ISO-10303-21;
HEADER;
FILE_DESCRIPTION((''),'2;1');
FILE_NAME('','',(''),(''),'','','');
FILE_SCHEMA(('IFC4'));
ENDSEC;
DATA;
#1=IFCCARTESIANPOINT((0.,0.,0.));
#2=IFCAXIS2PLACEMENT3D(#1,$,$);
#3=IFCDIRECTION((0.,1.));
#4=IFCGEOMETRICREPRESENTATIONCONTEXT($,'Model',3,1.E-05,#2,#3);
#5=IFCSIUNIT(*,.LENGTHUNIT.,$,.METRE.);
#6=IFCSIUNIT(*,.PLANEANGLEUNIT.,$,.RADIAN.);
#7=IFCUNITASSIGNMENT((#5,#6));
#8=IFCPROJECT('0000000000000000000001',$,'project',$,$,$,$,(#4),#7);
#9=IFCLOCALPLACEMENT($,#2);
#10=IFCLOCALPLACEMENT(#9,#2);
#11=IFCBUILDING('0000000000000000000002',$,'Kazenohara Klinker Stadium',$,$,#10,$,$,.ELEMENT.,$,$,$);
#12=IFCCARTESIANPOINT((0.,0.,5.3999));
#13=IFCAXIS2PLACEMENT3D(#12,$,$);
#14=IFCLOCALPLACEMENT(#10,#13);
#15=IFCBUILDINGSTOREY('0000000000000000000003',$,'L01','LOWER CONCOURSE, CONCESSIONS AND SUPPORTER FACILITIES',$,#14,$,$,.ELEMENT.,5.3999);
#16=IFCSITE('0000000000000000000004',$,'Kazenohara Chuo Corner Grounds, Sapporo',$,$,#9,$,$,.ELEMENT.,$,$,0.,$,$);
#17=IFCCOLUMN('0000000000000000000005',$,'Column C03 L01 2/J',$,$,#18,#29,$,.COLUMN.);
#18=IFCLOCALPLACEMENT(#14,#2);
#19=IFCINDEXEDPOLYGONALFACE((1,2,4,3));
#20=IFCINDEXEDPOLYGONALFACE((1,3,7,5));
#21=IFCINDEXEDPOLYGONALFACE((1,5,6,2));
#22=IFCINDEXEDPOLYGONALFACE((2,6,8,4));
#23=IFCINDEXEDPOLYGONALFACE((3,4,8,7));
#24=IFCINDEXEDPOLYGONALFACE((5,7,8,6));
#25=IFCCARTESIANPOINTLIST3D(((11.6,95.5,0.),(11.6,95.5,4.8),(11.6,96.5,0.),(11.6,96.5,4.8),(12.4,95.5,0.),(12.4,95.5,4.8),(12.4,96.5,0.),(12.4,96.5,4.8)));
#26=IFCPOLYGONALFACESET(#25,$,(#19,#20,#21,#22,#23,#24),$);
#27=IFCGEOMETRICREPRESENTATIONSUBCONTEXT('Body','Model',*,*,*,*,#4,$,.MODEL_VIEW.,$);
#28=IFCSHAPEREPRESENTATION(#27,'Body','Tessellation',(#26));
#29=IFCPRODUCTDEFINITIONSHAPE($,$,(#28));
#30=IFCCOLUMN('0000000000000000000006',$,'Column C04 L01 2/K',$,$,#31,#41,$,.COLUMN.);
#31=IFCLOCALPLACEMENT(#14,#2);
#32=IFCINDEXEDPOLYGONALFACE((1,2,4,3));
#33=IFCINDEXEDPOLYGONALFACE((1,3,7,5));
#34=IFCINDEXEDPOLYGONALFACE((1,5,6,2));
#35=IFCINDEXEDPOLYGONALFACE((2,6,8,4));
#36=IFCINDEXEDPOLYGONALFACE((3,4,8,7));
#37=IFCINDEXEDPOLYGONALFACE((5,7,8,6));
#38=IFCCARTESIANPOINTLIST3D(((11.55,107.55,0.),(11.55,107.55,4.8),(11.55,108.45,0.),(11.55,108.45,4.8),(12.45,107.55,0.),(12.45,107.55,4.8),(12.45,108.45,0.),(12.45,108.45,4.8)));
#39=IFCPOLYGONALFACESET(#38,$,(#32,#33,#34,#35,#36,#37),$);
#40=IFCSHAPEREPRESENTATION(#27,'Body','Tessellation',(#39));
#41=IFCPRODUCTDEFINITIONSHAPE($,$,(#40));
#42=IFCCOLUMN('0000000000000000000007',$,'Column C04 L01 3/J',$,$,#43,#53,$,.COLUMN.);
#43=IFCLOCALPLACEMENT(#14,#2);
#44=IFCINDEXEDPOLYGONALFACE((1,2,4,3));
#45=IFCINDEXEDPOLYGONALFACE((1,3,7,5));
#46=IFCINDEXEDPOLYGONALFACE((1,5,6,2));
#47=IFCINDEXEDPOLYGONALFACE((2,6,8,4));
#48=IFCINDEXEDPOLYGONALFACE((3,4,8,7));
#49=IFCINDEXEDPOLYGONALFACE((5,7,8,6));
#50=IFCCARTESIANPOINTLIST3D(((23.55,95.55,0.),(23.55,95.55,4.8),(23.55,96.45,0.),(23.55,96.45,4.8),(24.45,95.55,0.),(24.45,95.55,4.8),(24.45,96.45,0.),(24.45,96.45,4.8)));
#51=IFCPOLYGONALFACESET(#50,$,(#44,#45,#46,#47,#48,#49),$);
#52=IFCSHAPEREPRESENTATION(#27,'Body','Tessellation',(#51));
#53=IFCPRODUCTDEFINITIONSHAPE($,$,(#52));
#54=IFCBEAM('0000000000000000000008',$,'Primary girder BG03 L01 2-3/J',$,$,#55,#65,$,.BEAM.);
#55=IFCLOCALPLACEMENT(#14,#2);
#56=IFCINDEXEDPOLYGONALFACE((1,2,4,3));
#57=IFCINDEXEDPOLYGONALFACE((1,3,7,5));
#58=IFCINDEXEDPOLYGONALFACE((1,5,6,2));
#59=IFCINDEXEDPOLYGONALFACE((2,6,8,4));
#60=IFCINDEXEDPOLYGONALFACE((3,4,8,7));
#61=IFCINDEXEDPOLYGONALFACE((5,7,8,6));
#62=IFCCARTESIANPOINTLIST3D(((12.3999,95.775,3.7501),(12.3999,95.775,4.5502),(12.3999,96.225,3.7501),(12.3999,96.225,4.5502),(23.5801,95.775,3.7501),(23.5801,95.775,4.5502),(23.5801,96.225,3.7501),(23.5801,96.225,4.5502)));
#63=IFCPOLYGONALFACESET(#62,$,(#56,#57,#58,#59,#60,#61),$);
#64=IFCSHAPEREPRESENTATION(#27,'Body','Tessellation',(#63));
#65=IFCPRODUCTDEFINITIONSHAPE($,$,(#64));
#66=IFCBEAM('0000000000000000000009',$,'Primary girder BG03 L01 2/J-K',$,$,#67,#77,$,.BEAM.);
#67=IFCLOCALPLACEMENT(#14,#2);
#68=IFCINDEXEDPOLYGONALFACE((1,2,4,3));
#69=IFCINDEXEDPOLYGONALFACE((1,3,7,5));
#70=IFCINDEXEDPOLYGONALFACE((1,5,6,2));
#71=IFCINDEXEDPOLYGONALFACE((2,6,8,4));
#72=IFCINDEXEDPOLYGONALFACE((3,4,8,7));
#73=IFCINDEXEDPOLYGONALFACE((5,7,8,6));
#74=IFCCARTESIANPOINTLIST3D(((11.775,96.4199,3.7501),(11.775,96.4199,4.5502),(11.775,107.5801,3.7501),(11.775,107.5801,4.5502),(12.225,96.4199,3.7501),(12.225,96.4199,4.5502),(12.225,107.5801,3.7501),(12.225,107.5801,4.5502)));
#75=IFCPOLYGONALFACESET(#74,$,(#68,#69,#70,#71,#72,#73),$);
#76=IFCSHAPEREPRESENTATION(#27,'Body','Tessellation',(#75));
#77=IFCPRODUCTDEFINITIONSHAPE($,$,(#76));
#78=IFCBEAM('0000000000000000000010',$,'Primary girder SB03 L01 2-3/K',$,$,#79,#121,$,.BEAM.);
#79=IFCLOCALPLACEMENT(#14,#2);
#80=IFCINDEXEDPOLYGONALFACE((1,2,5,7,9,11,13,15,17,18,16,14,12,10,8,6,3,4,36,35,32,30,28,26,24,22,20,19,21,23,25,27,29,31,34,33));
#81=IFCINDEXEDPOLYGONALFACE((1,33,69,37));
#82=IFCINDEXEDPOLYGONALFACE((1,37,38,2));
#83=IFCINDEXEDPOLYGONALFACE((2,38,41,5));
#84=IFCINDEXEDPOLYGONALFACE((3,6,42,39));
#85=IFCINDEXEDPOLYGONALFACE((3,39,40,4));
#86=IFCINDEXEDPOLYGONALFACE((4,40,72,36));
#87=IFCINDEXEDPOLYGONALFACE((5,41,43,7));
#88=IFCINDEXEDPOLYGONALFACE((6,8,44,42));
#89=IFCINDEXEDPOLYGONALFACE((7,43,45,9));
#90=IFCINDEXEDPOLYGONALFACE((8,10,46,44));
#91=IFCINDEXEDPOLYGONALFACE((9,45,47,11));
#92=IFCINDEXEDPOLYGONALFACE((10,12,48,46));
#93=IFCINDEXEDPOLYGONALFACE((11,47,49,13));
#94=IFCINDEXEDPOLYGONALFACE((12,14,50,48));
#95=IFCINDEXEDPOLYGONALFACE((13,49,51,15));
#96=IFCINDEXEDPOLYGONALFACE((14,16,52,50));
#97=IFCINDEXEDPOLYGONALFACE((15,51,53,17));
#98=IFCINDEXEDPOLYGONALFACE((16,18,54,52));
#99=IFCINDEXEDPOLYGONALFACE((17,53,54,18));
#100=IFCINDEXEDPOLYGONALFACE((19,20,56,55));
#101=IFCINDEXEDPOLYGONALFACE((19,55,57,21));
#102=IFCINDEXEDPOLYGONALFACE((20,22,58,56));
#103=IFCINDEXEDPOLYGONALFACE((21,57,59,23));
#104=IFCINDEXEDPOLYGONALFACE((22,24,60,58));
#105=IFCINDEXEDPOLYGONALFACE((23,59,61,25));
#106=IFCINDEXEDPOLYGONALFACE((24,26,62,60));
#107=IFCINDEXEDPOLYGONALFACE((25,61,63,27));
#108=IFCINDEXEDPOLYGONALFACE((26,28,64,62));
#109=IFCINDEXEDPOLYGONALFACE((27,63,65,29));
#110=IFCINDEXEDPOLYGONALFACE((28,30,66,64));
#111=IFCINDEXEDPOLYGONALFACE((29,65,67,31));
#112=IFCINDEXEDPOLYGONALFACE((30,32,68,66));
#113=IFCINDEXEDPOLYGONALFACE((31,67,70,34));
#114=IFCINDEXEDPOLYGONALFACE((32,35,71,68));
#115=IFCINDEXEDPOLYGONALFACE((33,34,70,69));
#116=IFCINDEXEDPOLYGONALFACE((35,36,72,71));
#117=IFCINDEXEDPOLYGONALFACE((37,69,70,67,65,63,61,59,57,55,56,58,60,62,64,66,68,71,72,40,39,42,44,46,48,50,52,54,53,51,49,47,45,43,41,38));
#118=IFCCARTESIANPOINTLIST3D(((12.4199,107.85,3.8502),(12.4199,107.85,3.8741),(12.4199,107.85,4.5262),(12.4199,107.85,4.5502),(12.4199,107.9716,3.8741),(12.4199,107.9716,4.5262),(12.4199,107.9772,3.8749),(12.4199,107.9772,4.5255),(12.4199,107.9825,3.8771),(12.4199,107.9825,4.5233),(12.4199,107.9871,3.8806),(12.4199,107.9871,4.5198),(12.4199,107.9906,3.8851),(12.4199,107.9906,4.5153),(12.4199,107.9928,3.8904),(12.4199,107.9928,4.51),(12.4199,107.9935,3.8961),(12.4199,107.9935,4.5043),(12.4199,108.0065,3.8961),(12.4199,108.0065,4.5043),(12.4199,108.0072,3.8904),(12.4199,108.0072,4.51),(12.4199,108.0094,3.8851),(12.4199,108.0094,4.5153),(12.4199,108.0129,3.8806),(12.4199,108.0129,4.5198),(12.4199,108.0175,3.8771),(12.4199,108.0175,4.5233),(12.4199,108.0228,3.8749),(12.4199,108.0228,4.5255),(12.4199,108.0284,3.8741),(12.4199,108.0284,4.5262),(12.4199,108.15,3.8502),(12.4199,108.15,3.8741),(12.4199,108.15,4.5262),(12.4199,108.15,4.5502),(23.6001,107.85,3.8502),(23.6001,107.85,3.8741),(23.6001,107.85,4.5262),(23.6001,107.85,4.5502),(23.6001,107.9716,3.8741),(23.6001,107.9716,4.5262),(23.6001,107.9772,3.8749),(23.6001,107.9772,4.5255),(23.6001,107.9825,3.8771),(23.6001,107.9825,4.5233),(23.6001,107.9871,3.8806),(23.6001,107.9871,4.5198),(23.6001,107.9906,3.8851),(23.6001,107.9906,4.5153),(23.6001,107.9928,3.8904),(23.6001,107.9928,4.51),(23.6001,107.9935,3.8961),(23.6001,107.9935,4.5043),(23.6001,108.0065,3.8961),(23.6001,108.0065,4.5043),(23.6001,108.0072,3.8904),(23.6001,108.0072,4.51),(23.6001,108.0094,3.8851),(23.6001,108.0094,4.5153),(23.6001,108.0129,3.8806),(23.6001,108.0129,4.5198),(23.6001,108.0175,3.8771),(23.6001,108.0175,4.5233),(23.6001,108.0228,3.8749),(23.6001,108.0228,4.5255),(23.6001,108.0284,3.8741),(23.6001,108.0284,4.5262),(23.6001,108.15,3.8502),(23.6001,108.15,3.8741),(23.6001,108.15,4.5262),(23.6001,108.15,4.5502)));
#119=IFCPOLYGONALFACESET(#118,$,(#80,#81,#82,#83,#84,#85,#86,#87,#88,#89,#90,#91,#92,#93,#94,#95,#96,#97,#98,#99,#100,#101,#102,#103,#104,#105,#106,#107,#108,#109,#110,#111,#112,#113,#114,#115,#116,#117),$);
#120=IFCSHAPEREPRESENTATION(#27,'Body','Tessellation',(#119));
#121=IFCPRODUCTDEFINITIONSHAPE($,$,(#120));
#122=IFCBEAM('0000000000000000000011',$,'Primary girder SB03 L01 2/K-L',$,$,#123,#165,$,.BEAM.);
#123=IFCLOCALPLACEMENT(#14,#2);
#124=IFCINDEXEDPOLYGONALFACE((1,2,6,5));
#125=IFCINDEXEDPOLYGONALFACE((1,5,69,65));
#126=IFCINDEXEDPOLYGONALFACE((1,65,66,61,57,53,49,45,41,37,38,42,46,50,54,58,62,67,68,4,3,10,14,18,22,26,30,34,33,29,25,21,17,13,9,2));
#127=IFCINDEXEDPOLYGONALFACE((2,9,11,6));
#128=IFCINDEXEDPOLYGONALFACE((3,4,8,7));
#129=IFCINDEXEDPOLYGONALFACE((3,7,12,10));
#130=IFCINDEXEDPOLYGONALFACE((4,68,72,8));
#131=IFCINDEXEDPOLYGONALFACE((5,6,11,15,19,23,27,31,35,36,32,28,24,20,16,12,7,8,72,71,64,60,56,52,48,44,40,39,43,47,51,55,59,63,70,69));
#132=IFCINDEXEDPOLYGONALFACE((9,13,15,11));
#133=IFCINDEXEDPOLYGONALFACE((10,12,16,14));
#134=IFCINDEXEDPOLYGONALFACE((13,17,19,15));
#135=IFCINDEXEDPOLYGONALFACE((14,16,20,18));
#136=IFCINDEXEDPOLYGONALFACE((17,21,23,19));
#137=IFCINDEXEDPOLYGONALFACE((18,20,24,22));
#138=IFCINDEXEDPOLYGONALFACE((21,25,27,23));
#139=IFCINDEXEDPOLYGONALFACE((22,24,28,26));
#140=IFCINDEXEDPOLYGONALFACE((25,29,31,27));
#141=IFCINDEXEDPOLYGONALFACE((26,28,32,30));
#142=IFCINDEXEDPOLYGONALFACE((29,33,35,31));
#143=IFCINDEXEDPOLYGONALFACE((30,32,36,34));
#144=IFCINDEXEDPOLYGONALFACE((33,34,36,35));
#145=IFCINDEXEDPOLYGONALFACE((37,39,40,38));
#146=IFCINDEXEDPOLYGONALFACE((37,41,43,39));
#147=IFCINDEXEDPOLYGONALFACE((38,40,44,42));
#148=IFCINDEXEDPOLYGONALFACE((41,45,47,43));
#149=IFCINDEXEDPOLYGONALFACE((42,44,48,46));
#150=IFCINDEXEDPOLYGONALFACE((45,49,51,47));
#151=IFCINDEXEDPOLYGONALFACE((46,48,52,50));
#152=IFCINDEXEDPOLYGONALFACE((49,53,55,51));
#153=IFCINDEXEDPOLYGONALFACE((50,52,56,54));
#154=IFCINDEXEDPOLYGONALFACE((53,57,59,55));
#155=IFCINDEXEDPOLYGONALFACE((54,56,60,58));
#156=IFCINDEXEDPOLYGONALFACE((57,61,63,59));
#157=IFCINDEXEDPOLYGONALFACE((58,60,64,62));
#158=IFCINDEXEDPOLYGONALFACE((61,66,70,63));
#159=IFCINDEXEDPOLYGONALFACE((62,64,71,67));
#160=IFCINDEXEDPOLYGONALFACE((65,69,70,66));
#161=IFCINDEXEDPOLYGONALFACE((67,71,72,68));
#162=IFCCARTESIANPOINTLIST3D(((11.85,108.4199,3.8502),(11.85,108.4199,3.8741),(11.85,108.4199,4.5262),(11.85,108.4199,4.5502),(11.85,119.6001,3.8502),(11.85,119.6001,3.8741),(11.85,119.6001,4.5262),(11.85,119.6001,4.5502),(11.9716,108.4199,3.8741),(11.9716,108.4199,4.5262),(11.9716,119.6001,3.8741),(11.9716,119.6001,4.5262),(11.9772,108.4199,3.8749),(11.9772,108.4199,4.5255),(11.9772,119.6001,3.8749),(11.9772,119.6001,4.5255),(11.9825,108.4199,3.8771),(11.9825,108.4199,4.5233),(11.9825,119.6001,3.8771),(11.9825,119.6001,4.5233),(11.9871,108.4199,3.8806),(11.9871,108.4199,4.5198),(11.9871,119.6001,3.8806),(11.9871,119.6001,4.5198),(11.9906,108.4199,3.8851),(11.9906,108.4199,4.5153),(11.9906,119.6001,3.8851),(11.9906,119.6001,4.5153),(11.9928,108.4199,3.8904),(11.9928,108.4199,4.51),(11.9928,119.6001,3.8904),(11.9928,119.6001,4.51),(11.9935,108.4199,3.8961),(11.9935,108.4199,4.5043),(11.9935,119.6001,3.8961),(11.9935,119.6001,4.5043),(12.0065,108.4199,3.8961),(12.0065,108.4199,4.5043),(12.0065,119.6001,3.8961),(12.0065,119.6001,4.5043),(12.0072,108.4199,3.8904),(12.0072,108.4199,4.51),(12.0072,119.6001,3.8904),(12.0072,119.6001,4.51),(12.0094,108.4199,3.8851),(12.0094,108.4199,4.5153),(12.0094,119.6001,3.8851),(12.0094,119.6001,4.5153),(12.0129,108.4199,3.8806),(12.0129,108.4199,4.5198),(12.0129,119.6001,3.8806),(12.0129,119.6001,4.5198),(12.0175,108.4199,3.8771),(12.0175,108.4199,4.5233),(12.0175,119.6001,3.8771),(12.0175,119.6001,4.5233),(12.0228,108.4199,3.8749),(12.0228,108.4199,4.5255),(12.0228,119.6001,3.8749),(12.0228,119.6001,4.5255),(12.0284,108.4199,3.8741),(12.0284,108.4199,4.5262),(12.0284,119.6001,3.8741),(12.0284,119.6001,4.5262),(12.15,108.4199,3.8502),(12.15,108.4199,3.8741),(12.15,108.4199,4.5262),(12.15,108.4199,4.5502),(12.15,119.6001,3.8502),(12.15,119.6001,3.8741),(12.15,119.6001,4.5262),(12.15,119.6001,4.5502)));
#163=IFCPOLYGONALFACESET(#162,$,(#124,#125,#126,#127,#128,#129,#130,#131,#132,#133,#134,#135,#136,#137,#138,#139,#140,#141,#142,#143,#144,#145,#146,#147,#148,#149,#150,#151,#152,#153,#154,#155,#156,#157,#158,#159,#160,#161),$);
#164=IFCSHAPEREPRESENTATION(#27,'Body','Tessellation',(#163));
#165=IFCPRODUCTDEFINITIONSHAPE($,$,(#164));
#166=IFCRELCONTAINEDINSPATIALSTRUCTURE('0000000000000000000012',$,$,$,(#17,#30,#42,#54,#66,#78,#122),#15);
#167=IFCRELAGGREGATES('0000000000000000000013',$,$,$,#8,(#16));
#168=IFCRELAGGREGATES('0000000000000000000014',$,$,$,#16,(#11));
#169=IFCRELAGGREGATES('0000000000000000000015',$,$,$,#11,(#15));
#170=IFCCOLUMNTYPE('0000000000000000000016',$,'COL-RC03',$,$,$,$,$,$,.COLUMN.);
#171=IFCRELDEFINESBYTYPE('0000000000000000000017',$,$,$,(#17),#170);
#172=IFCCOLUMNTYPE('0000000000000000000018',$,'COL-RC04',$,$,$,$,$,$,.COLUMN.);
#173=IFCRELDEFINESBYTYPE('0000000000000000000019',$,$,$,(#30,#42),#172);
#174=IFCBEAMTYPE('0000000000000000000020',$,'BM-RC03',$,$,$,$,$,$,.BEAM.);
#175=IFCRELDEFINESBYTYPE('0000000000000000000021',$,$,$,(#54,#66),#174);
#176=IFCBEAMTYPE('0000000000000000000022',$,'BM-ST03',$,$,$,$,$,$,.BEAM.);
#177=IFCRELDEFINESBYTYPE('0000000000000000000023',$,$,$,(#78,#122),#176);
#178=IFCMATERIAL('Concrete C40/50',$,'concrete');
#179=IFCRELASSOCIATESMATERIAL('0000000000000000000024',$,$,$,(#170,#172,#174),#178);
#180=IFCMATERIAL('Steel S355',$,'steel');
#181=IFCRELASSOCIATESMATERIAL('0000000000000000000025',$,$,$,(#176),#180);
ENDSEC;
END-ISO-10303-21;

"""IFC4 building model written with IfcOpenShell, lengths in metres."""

from ifc_helpers import new_model, si_unit, direction, frame, origin, origin_2d, place, context, subcontext, project, spatial, rectangle, i_section, extrude, material, material_profile, profile_set, type_object, element, save


model = new_model("IFC4")

# Units and contexts
model_context = context("Model", 3, precision=1e-05, world=origin(), true_north=direction((0.0, 1.0)))
body_context = subcontext(model_context, "Body", "Model", "MODEL_VIEW")
ifc_project = project(units=[si_unit("LENGTHUNIT", "METRE"), si_unit("PLANEANGLEUNIT", "RADIAN")], contexts=[model_context])

# Site, building, storey
site_placement = place(None, origin())
site = spatial("IfcSite", under=ifc_project, at=site_placement, Name="Kazenohara Chuo Corner Grounds, Sapporo", CompositionType="ELEMENT", RefElevation=0.0)
building_placement = place(site_placement, origin())
building = spatial("IfcBuilding", under=site, at=building_placement, Name="Kazenohara Klinker Stadium", CompositionType="ELEMENT")
storey_placement = place(building_placement, frame((0.0, 0.0, 5.3999)))
storey = spatial("IfcBuildingStorey", under=building, at=storey_placement, Name="L01", Description="LOWER CONCOURSE, CONCESSIONS AND SUPPORTER FACILITIES", CompositionType="ELEMENT", Elevation=5.3999)

# Columns
ifc_material_1 = material(Name="Concrete C40/50", Category="concrete")
ifc_material_profile_1 = material_profile(ifc_material_1, rectangle(XDim=0.8, YDim=1.0, at=origin_2d()), Name="RC-COL-1000x800")
ifc_profile_set_1 = profile_set([ifc_material_profile_1], Name="Concrete C40/50")
column_type_1 = type_object("IfcColumnType", Name="COL-RC03", PredefinedType="COLUMN", material=ifc_profile_set_1)
column_placement = place(storey_placement, frame((12.0, 96.0, 0.0), z_axis=(0.0, 0.0, 1.0), x_axis=(1.0, 0.0, 0.0)))
element("IfcColumn", 1, at=column_placement, inside=storey, type_object=column_type_1, Name="Column C03 L01 2/J", PredefinedType="COLUMN", context=body_context, shape_type="SweptSolid", body=[
    extrude(rectangle(XDim=0.8, YDim=1.0, at=origin_2d()), origin(), (0.0, 0.0, 1.0), 4.8),
])
ifc_material_profile_2 = material_profile(ifc_material_1, rectangle(XDim=0.8999, YDim=0.8999, at=origin_2d()), Name="RC-COL-900x900")
ifc_profile_set_2 = profile_set([ifc_material_profile_2], Name="Concrete C40/50")
column_type_2 = type_object("IfcColumnType", Name="COL-RC04", PredefinedType="COLUMN", material=ifc_profile_set_2)
for number, where, z_axis, x_axis, name in (
    (2, (12.0, 108.0, 0.0), (0.0, 0.0, 1.0), (1.0, 0.0, 0.0), "Column C04 L01 2/K"),
    (3, (24.0, 96.0, 0.0), (0.0, 0.0, 1.0), (1.0, 0.0, 0.0), "Column C04 L01 3/J"),
):
    element("IfcColumn", number, at=place(storey_placement, frame(where, z_axis=z_axis, x_axis=x_axis)), inside=storey, type_object=column_type_2, Name=name, PredefinedType="COLUMN", context=body_context, shape_type="SweptSolid", body=[
        extrude(rectangle(XDim=0.8999, YDim=0.8999, at=origin_2d()), origin(), (0.0, 0.0, 1.0), 4.8),
    ])

# Beams
ifc_material_profile_3 = material_profile(ifc_material_1, rectangle(XDim=0.45, YDim=0.8, at=origin_2d()), Name="RC-BM-450x800")
ifc_profile_set_3 = profile_set([ifc_material_profile_3], Name="Concrete C40/50")
beam_type_1 = type_object("IfcBeamType", Name="BM-RC03", PredefinedType="BEAM", material=ifc_profile_set_3)
beam_1_placement = place(storey_placement, frame((12.3999, 96.0, 4.1501), z_axis=(1.0, 0.0, 0.0), x_axis=(0.0, 1.0, 0.0)))
element("IfcBeam", 4, at=beam_1_placement, inside=storey, type_object=beam_type_1, Name="Primary girder BG03 L01 2-3/J", PredefinedType="BEAM", context=body_context, shape_type="SweptSolid", body=[
    extrude(rectangle(XDim=0.45, YDim=0.8, at=origin_2d()), origin(), (0.0, 0.0, 1.0), 11.1802),
])
beam_2_placement = place(storey_placement, frame((12.0, 96.4199, 4.1501), z_axis=(0.0, 1.0, 0.0), x_axis=(-1.0, 0.0, 0.0)))
element("IfcBeam", 5, at=beam_2_placement, inside=storey, type_object=beam_type_1, Name="Primary girder BG03 L01 2/J-K", PredefinedType="BEAM", context=body_context, shape_type="SweptSolid", body=[
    extrude(rectangle(XDim=0.45, YDim=0.8, at=origin_2d()), origin(), (0.0, 0.0, 1.0), 11.1602),
])
ifc_material_2 = material(Name="Steel S355", Category="steel")
ifc_material_profile_4 = material_profile(ifc_material_2, i_section(OverallWidth=0.3, OverallDepth=0.7, WebThickness=0.0129, FlangeThickness=0.0239, FilletRadius=0.022, at=origin_2d()), Name="H-700x300x13x24")
ifc_profile_set_4 = profile_set([ifc_material_profile_4], Name="Steel S355")
beam_type_2 = type_object("IfcBeamType", Name="BM-ST03", PredefinedType="BEAM", material=ifc_profile_set_4)
for number, where, z_axis, x_axis, name in (
    (6, (12.4199, 108.0, 4.2002), (1.0, 0.0, 0.0), (0.0, 1.0, 0.0), "Primary girder SB03 L01 2-3/K"),
    (7, (12.0, 108.4199, 4.2002), (0.0, 1.0, 0.0), (-1.0, 0.0, 0.0), "Primary girder SB03 L01 2/K-L"),
):
    element("IfcBeam", number, at=place(storey_placement, frame(where, z_axis=z_axis, x_axis=x_axis)), inside=storey, type_object=beam_type_2, Name=name, PredefinedType="BEAM", context=body_context, shape_type="SweptSolid", body=[
        extrude(i_section(OverallWidth=0.3, OverallDepth=0.7, WebThickness=0.0129, FlangeThickness=0.0239, FilletRadius=0.022, at=origin_2d()), origin(), (0.0, 0.0, 1.0), 11.1802),
    ])

save(model, "model.ifc")
